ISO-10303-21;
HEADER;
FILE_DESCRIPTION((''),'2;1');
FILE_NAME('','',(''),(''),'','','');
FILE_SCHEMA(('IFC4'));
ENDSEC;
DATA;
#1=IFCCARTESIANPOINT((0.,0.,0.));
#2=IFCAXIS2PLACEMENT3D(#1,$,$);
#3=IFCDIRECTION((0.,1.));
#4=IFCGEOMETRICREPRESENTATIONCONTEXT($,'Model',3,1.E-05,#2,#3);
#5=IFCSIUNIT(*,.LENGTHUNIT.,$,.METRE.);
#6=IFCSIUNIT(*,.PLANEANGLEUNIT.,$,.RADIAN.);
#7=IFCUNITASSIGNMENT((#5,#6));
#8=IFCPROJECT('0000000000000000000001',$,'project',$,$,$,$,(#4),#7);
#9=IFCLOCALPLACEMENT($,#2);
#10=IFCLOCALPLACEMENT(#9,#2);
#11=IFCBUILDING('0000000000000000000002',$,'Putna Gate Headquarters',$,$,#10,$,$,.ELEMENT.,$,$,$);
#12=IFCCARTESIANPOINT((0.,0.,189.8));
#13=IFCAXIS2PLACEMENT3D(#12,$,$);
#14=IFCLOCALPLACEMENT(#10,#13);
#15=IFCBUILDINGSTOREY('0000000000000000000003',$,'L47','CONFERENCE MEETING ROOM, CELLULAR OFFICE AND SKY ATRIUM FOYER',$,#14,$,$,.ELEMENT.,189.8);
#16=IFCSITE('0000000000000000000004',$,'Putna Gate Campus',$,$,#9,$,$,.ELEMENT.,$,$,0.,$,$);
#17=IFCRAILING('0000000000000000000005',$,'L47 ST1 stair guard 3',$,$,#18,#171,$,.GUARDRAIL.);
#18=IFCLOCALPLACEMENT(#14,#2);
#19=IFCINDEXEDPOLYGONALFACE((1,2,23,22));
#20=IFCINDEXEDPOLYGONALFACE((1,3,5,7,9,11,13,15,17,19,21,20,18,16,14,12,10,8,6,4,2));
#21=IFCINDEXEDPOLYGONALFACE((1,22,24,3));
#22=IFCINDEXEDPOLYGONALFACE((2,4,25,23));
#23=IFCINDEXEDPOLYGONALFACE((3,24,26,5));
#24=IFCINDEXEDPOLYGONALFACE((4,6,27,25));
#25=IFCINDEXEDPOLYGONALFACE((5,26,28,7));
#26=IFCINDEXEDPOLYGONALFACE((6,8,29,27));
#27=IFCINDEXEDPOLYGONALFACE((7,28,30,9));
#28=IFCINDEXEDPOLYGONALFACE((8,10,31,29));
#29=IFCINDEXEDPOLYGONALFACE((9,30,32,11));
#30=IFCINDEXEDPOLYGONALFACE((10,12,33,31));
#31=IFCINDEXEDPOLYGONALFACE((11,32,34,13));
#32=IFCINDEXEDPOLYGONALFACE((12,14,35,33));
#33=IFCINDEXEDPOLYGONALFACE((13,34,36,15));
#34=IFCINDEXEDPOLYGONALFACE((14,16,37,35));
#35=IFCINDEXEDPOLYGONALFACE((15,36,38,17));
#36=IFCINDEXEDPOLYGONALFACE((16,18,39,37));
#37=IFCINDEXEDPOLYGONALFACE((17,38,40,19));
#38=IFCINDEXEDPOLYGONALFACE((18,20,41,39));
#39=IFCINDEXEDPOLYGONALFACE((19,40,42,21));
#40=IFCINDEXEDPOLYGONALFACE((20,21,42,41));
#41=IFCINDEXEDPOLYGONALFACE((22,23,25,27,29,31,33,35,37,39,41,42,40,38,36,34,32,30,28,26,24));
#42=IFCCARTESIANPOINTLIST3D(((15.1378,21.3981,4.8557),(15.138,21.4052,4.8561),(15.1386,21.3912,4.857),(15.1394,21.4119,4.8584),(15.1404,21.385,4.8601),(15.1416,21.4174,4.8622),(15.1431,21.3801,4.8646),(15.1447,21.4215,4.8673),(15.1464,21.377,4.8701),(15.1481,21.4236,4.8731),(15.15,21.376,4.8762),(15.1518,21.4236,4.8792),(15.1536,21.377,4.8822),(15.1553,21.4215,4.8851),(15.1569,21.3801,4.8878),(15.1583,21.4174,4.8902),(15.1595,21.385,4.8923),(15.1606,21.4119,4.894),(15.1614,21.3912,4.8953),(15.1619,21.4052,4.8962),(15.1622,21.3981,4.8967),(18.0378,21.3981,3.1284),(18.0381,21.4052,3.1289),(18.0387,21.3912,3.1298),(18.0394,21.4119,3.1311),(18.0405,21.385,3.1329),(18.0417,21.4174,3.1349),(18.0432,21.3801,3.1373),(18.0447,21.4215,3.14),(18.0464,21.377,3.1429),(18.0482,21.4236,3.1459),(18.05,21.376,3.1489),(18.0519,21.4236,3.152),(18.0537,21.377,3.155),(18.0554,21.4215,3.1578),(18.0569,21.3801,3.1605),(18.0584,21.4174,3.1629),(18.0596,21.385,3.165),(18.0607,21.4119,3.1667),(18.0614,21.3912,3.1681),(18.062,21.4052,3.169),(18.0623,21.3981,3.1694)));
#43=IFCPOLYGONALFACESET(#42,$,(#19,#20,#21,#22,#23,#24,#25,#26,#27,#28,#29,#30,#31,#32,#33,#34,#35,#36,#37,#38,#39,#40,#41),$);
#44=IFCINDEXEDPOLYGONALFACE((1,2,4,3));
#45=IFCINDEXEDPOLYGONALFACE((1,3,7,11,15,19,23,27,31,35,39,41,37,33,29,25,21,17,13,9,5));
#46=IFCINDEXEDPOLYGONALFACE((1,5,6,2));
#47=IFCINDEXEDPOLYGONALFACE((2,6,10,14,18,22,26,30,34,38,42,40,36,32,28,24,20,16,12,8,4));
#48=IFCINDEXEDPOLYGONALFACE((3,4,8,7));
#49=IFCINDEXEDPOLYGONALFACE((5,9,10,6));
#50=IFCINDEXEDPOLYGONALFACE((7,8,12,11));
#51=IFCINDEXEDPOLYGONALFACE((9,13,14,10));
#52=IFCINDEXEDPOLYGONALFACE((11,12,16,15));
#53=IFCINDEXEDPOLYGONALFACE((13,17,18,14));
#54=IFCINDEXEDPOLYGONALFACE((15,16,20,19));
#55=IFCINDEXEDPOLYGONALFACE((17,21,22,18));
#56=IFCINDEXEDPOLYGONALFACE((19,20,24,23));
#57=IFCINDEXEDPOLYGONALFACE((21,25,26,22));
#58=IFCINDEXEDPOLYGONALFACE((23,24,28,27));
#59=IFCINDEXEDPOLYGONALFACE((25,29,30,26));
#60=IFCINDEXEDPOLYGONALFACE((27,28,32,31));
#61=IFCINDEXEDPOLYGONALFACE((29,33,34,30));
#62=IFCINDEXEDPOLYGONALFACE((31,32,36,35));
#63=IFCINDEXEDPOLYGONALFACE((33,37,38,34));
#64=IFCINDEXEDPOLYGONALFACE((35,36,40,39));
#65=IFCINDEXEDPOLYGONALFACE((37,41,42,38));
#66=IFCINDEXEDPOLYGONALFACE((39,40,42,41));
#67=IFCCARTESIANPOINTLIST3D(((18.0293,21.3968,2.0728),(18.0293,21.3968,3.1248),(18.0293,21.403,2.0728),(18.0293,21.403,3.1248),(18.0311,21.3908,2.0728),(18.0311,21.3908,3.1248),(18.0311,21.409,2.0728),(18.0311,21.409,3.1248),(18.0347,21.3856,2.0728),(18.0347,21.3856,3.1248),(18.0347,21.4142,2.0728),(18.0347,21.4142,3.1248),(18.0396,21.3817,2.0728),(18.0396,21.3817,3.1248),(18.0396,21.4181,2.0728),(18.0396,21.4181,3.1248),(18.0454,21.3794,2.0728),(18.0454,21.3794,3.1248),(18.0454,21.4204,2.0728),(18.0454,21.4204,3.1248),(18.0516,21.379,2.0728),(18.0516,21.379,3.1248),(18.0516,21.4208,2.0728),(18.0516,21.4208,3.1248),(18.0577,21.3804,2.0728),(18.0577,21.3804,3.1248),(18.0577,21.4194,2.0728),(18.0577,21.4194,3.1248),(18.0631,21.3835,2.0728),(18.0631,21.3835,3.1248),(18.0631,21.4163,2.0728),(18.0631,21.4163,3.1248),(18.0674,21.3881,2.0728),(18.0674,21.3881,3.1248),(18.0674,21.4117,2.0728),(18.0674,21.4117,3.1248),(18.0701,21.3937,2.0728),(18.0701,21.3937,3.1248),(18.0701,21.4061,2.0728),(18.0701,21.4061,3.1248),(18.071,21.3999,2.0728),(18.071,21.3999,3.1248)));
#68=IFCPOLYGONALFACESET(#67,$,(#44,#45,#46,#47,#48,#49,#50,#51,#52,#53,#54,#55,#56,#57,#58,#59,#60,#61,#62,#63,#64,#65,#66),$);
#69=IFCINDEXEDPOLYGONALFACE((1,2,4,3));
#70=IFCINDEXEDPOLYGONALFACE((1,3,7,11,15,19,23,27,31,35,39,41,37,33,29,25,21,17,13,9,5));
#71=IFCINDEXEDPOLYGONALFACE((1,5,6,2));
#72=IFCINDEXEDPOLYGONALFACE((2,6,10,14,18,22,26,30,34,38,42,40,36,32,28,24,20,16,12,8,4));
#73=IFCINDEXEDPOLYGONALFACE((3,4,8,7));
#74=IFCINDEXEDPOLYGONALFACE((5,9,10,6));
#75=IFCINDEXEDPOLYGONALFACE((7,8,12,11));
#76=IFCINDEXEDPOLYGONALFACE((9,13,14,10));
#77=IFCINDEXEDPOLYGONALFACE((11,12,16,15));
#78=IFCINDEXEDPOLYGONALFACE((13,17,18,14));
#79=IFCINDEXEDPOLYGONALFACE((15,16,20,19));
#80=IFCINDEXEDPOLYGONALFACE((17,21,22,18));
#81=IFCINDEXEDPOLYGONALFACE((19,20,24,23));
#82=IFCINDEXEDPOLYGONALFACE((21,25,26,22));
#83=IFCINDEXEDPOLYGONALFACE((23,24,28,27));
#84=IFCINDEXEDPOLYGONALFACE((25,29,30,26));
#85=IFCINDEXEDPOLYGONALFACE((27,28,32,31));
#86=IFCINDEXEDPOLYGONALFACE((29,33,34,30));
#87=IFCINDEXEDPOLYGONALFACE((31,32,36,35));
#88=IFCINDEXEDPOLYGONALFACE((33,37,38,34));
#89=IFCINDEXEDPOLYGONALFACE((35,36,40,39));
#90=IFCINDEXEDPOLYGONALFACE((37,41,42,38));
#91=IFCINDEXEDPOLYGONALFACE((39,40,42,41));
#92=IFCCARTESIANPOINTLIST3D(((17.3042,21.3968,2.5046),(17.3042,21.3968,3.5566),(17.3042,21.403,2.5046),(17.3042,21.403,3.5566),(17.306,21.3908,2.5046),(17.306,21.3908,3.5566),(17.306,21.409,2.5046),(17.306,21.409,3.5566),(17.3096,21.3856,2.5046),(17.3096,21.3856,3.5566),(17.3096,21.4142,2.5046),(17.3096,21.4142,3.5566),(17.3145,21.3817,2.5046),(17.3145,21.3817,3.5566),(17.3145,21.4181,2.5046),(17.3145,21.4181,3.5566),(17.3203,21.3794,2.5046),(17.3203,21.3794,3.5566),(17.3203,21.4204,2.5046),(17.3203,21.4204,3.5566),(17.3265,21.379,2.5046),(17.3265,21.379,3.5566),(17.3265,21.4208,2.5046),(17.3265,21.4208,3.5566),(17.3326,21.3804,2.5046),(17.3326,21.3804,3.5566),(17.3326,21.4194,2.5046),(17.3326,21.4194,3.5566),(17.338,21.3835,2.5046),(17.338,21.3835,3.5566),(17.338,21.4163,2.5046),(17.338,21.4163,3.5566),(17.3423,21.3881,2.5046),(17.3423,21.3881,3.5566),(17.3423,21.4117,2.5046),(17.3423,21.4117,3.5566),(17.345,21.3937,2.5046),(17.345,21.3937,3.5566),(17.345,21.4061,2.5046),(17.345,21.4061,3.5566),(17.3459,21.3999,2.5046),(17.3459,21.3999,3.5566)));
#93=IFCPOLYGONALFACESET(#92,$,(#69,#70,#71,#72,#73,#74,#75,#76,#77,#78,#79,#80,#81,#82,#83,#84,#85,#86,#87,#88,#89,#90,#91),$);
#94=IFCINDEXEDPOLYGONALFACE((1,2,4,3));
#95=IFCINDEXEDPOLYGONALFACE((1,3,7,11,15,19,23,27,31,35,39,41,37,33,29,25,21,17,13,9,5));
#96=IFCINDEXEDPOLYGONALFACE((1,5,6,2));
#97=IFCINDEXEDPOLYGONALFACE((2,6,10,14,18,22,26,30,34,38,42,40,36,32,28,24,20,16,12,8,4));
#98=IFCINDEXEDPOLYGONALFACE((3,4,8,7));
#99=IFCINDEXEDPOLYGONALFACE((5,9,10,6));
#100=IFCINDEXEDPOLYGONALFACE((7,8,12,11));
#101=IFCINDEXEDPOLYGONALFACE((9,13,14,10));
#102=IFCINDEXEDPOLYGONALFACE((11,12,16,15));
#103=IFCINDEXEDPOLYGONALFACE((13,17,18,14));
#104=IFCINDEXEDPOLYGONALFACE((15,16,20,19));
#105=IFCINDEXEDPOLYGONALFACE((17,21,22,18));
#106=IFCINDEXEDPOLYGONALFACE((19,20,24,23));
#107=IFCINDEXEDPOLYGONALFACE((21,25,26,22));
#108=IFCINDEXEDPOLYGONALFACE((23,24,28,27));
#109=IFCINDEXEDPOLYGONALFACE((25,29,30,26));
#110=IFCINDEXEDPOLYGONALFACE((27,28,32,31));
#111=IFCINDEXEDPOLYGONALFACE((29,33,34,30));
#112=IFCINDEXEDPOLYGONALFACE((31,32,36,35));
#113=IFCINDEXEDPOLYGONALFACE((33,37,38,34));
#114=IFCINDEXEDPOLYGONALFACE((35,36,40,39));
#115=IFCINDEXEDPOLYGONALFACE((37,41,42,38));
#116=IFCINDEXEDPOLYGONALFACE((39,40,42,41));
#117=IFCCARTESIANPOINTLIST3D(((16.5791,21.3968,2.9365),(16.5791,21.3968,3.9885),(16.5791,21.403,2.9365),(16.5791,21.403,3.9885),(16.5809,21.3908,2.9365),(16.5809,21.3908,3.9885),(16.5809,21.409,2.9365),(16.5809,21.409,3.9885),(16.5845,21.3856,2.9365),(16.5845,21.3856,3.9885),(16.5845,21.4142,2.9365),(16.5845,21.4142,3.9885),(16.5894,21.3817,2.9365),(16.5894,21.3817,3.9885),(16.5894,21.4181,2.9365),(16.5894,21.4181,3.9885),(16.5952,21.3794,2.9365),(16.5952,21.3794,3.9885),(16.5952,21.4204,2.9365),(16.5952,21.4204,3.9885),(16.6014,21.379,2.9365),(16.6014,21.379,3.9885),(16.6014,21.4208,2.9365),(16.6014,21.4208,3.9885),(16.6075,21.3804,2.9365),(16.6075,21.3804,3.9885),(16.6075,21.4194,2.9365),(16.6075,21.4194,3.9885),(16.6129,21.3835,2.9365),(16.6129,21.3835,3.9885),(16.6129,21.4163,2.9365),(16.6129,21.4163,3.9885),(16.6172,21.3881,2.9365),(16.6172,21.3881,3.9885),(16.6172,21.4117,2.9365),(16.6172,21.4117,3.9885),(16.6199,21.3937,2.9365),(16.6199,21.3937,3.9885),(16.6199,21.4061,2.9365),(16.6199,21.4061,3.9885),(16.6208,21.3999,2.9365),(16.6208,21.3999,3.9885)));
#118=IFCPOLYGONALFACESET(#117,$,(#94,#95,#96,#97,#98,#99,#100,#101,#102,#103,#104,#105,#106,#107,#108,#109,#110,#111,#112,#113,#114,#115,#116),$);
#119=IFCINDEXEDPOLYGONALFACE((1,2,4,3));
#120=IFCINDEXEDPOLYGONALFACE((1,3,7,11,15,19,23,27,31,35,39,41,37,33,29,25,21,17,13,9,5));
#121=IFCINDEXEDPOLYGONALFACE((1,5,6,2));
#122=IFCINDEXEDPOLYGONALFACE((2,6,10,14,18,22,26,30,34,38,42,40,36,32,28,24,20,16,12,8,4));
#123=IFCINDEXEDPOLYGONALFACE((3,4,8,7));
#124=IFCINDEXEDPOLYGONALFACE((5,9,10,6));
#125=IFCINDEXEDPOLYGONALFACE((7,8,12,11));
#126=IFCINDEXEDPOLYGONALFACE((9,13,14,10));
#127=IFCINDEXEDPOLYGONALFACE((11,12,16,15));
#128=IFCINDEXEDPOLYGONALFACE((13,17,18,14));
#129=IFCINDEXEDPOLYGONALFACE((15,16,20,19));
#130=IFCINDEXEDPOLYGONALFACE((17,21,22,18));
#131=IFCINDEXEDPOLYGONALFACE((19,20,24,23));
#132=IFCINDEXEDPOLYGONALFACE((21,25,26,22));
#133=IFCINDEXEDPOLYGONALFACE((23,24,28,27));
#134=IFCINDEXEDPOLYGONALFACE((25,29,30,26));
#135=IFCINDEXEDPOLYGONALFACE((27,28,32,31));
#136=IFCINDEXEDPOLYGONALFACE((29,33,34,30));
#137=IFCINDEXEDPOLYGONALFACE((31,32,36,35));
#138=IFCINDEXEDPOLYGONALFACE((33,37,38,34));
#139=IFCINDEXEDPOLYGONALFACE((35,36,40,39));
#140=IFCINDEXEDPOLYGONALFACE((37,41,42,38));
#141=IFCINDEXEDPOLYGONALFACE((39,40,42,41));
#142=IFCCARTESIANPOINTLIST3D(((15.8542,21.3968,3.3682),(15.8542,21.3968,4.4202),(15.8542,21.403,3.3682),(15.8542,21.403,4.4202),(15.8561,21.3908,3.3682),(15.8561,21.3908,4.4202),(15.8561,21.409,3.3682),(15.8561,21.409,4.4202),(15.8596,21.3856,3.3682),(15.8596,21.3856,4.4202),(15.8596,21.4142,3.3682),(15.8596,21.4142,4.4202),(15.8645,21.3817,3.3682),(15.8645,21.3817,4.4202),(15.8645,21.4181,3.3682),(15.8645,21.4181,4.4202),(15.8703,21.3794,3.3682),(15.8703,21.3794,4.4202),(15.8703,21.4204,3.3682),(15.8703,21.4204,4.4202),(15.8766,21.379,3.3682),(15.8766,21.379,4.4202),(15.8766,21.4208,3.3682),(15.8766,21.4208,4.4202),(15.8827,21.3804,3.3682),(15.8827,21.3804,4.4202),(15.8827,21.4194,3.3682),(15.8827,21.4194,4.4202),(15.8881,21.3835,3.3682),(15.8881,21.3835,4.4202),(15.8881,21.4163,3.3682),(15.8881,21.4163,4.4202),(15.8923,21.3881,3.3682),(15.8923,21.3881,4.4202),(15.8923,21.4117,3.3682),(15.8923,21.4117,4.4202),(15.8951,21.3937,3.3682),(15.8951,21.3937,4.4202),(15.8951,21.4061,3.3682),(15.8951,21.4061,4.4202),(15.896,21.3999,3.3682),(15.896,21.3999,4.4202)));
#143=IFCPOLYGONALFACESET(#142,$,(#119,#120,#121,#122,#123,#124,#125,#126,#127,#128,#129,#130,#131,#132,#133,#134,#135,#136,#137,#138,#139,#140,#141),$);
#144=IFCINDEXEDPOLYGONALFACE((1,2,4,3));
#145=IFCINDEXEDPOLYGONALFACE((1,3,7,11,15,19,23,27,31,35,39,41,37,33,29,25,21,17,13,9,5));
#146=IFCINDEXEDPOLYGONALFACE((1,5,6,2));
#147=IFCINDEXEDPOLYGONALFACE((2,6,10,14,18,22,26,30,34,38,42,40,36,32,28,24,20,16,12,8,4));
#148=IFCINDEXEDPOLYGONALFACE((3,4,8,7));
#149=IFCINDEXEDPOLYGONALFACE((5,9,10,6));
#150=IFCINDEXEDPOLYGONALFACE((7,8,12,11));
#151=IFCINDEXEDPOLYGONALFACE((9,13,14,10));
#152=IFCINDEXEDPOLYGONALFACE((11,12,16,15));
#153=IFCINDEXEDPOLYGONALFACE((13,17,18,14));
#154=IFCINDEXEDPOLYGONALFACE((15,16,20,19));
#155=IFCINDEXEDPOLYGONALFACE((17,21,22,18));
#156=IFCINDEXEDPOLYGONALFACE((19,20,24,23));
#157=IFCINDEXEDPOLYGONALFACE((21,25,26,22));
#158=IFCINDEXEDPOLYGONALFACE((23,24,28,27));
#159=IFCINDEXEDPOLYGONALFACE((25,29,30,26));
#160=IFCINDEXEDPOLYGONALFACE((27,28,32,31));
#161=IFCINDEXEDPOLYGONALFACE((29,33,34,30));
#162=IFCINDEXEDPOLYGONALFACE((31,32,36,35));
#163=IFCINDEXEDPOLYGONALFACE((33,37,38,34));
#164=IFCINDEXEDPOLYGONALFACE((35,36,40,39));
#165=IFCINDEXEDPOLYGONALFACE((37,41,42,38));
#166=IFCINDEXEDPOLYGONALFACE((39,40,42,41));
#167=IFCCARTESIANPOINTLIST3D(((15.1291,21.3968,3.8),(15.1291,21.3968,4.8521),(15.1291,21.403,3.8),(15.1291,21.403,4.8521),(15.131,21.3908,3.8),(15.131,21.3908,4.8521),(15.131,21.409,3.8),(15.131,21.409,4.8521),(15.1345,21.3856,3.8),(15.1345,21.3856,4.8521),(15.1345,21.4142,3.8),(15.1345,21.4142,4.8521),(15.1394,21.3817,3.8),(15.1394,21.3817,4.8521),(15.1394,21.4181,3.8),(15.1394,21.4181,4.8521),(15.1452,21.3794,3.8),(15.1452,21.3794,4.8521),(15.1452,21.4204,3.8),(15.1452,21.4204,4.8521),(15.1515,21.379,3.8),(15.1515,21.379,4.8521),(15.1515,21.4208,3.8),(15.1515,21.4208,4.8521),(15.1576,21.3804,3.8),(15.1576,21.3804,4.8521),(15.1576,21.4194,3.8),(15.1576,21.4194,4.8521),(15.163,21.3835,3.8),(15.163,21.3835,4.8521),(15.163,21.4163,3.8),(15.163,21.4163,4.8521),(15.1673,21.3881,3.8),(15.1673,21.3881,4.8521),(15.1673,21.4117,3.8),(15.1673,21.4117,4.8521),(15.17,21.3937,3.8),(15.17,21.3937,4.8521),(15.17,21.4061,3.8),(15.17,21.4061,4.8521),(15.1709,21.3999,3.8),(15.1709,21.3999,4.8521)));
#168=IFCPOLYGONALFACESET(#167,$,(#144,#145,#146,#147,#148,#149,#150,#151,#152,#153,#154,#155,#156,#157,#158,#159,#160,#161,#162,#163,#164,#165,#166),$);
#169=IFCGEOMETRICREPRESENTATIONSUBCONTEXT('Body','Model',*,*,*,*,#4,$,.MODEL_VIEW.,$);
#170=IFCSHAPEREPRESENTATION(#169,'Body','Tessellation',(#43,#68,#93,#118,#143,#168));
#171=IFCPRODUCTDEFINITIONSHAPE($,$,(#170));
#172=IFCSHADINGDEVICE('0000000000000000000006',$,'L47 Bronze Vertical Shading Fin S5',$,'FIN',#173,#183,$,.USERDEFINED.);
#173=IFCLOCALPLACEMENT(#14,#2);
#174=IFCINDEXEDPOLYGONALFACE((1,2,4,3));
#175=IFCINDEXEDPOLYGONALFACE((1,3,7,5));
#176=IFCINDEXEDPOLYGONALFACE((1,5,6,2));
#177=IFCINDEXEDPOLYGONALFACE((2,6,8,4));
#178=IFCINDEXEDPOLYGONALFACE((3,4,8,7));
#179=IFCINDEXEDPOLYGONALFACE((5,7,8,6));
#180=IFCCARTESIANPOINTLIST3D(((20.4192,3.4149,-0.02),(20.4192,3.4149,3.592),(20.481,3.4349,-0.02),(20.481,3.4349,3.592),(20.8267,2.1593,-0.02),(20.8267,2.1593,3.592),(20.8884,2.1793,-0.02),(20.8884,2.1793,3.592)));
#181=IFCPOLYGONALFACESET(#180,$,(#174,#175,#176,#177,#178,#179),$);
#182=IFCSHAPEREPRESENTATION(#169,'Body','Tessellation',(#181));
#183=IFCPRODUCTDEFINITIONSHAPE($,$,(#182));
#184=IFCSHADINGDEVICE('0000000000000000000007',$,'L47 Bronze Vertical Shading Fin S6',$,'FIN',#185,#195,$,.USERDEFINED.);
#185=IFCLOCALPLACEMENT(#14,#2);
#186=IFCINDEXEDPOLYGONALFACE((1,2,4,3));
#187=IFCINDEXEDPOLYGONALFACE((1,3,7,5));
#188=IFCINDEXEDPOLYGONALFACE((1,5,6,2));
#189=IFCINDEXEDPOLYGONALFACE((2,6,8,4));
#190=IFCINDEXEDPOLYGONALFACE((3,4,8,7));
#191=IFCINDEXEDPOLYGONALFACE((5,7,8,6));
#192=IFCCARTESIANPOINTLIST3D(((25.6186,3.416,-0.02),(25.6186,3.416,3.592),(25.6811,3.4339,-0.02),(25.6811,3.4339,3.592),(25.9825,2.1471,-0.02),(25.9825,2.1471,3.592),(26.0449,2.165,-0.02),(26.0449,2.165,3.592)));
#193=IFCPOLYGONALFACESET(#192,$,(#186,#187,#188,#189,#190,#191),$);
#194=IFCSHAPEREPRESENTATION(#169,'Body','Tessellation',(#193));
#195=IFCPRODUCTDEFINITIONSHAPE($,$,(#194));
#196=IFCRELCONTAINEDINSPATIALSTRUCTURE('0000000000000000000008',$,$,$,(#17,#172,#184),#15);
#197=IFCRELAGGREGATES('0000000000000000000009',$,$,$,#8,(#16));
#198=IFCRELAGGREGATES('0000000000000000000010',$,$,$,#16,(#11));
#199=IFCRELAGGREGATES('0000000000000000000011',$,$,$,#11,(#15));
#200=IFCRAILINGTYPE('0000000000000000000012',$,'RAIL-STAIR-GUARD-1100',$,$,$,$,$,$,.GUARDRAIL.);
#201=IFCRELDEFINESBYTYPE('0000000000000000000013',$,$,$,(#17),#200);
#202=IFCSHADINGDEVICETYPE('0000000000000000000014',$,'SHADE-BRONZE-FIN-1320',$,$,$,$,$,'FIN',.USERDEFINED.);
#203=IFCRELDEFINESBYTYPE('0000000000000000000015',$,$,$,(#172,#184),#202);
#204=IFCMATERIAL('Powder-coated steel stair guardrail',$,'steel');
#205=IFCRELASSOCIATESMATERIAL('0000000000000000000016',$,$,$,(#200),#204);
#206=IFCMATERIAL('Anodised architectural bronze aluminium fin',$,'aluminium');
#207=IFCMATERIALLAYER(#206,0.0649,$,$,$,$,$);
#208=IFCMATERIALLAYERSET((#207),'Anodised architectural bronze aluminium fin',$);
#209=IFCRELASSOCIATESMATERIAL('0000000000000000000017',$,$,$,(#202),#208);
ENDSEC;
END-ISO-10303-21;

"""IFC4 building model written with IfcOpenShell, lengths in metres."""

from ifc_helpers import new_model, si_unit, direction, frame, origin, origin_2d, place, context, subcontext, project, spatial, rectangle, circle, extrude, material, layer, layer_set, type_object, element, save


model = new_model("IFC4")

# Units and contexts
model_context = context("Model", 3, precision=1e-05, world=origin(), true_north=direction((0.0, 1.0)))
body_context = subcontext(model_context, "Body", "Model", "MODEL_VIEW")
ifc_project = project(units=[si_unit("LENGTHUNIT", "METRE"), si_unit("PLANEANGLEUNIT", "RADIAN")], contexts=[model_context])

# Site, building, storey
site_placement = place(None, origin())
site = spatial("IfcSite", under=ifc_project, at=site_placement, Name="Putna Gate Campus", CompositionType="ELEMENT", RefElevation=0.0)
building_placement = place(site_placement, origin())
building = spatial("IfcBuilding", under=site, at=building_placement, Name="Putna Gate Headquarters", CompositionType="ELEMENT")
storey_placement = place(building_placement, frame((0.0, 0.0, 189.8)))
storey = spatial("IfcBuildingStorey", under=building, at=storey_placement, Name="L47", Description="CONFERENCE MEETING ROOM, CELLULAR OFFICE AND SKY ATRIUM FOYER", CompositionType="ELEMENT", Elevation=189.8)

# Railing
ifc_material_1 = material(Name="Powder-coated steel stair guardrail", Category="steel")
railing_type = type_object("IfcRailingType", Name="RAIL-STAIR-GUARD-1100", PredefinedType="GUARDRAIL", material=ifc_material_1)
railing_1_placement = place(storey_placement, frame((18.05, 21.3999, 2.0728)))
element("IfcRailing", 1, at=railing_1_placement, inside=storey, type_object=railing_type, Name="L47 ST1 stair guard 3", PredefinedType="GUARDRAIL", context=body_context, shape_type="SweptSolid", body=[
    extrude(circle(Radius=0.0239, at=origin_2d()), frame((0.0, 0.0, 1.0762), z_axis=(-0.85916, 0.0, 0.511706), x_axis=(0.0, -1.0, 0.0)), (0.0, 0.0, 1.0), 3.3755),
    extrude(circle(Radius=0.021, at=origin_2d()), origin(), (0.0, 0.0, 1.0), 1.052),
    extrude(circle(Radius=0.021, at=origin_2d()), frame((-0.7251, 0.0, 0.4319)), (0.0, 0.0, 1.0), 1.052),
    extrude(circle(Radius=0.021, at=origin_2d()), frame((-1.4502, 0.0, 0.8638)), (0.0, 0.0, 1.0), 1.052),
    extrude(circle(Radius=0.021, at=origin_2d()), frame((-2.175, 0.0, 1.2954)), (0.0, 0.0, 1.0), 1.052),
    extrude(circle(Radius=0.021, at=origin_2d()), frame((-2.9001, 0.0, 1.7273)), (0.0, 0.0, 1.0), 1.052),
])

# Shading devices
ifc_material_2 = material(Name="Anodised architectural bronze aluminium fin", Category="aluminium")
ifc_layer_1 = layer(ifc_material_2, 0.0649)
ifc_layer_set_1 = layer_set([ifc_layer_1], Name="Anodised architectural bronze aluminium fin")
shading_device_type = type_object("IfcShadingDeviceType", Name="SHADE-BRONZE-FIN-1320", ElementType="FIN", PredefinedType="USERDEFINED", material=ifc_layer_set_1)
for number, where, z_axis, x_axis, name in (
    (2, (20.6538, 2.7971, -0.02), (0.0, 0.0, 1.0), (0.308685, -0.951164, 0.0), "L47 Bronze Vertical Shading Fin S5"),
    (3, (25.8318, 2.7905, -0.02), (0.0, 0.0, 1.0), (0.275637, -0.961262, 0.0), "L47 Bronze Vertical Shading Fin S6"),
):
    element("IfcShadingDevice", number, at=place(storey_placement, frame(where, z_axis=z_axis, x_axis=x_axis)), inside=storey, type_object=shading_device_type, Name=name, ObjectType="FIN", PredefinedType="USERDEFINED", context=body_context, shape_type="SweptSolid", body=[
        extrude(rectangle(XDim=1.3201, YDim=0.0649, at=origin_2d()), origin(), (0.0, 0.0, 1.0), 3.6121),
    ])

save(model, "model.ifc")
